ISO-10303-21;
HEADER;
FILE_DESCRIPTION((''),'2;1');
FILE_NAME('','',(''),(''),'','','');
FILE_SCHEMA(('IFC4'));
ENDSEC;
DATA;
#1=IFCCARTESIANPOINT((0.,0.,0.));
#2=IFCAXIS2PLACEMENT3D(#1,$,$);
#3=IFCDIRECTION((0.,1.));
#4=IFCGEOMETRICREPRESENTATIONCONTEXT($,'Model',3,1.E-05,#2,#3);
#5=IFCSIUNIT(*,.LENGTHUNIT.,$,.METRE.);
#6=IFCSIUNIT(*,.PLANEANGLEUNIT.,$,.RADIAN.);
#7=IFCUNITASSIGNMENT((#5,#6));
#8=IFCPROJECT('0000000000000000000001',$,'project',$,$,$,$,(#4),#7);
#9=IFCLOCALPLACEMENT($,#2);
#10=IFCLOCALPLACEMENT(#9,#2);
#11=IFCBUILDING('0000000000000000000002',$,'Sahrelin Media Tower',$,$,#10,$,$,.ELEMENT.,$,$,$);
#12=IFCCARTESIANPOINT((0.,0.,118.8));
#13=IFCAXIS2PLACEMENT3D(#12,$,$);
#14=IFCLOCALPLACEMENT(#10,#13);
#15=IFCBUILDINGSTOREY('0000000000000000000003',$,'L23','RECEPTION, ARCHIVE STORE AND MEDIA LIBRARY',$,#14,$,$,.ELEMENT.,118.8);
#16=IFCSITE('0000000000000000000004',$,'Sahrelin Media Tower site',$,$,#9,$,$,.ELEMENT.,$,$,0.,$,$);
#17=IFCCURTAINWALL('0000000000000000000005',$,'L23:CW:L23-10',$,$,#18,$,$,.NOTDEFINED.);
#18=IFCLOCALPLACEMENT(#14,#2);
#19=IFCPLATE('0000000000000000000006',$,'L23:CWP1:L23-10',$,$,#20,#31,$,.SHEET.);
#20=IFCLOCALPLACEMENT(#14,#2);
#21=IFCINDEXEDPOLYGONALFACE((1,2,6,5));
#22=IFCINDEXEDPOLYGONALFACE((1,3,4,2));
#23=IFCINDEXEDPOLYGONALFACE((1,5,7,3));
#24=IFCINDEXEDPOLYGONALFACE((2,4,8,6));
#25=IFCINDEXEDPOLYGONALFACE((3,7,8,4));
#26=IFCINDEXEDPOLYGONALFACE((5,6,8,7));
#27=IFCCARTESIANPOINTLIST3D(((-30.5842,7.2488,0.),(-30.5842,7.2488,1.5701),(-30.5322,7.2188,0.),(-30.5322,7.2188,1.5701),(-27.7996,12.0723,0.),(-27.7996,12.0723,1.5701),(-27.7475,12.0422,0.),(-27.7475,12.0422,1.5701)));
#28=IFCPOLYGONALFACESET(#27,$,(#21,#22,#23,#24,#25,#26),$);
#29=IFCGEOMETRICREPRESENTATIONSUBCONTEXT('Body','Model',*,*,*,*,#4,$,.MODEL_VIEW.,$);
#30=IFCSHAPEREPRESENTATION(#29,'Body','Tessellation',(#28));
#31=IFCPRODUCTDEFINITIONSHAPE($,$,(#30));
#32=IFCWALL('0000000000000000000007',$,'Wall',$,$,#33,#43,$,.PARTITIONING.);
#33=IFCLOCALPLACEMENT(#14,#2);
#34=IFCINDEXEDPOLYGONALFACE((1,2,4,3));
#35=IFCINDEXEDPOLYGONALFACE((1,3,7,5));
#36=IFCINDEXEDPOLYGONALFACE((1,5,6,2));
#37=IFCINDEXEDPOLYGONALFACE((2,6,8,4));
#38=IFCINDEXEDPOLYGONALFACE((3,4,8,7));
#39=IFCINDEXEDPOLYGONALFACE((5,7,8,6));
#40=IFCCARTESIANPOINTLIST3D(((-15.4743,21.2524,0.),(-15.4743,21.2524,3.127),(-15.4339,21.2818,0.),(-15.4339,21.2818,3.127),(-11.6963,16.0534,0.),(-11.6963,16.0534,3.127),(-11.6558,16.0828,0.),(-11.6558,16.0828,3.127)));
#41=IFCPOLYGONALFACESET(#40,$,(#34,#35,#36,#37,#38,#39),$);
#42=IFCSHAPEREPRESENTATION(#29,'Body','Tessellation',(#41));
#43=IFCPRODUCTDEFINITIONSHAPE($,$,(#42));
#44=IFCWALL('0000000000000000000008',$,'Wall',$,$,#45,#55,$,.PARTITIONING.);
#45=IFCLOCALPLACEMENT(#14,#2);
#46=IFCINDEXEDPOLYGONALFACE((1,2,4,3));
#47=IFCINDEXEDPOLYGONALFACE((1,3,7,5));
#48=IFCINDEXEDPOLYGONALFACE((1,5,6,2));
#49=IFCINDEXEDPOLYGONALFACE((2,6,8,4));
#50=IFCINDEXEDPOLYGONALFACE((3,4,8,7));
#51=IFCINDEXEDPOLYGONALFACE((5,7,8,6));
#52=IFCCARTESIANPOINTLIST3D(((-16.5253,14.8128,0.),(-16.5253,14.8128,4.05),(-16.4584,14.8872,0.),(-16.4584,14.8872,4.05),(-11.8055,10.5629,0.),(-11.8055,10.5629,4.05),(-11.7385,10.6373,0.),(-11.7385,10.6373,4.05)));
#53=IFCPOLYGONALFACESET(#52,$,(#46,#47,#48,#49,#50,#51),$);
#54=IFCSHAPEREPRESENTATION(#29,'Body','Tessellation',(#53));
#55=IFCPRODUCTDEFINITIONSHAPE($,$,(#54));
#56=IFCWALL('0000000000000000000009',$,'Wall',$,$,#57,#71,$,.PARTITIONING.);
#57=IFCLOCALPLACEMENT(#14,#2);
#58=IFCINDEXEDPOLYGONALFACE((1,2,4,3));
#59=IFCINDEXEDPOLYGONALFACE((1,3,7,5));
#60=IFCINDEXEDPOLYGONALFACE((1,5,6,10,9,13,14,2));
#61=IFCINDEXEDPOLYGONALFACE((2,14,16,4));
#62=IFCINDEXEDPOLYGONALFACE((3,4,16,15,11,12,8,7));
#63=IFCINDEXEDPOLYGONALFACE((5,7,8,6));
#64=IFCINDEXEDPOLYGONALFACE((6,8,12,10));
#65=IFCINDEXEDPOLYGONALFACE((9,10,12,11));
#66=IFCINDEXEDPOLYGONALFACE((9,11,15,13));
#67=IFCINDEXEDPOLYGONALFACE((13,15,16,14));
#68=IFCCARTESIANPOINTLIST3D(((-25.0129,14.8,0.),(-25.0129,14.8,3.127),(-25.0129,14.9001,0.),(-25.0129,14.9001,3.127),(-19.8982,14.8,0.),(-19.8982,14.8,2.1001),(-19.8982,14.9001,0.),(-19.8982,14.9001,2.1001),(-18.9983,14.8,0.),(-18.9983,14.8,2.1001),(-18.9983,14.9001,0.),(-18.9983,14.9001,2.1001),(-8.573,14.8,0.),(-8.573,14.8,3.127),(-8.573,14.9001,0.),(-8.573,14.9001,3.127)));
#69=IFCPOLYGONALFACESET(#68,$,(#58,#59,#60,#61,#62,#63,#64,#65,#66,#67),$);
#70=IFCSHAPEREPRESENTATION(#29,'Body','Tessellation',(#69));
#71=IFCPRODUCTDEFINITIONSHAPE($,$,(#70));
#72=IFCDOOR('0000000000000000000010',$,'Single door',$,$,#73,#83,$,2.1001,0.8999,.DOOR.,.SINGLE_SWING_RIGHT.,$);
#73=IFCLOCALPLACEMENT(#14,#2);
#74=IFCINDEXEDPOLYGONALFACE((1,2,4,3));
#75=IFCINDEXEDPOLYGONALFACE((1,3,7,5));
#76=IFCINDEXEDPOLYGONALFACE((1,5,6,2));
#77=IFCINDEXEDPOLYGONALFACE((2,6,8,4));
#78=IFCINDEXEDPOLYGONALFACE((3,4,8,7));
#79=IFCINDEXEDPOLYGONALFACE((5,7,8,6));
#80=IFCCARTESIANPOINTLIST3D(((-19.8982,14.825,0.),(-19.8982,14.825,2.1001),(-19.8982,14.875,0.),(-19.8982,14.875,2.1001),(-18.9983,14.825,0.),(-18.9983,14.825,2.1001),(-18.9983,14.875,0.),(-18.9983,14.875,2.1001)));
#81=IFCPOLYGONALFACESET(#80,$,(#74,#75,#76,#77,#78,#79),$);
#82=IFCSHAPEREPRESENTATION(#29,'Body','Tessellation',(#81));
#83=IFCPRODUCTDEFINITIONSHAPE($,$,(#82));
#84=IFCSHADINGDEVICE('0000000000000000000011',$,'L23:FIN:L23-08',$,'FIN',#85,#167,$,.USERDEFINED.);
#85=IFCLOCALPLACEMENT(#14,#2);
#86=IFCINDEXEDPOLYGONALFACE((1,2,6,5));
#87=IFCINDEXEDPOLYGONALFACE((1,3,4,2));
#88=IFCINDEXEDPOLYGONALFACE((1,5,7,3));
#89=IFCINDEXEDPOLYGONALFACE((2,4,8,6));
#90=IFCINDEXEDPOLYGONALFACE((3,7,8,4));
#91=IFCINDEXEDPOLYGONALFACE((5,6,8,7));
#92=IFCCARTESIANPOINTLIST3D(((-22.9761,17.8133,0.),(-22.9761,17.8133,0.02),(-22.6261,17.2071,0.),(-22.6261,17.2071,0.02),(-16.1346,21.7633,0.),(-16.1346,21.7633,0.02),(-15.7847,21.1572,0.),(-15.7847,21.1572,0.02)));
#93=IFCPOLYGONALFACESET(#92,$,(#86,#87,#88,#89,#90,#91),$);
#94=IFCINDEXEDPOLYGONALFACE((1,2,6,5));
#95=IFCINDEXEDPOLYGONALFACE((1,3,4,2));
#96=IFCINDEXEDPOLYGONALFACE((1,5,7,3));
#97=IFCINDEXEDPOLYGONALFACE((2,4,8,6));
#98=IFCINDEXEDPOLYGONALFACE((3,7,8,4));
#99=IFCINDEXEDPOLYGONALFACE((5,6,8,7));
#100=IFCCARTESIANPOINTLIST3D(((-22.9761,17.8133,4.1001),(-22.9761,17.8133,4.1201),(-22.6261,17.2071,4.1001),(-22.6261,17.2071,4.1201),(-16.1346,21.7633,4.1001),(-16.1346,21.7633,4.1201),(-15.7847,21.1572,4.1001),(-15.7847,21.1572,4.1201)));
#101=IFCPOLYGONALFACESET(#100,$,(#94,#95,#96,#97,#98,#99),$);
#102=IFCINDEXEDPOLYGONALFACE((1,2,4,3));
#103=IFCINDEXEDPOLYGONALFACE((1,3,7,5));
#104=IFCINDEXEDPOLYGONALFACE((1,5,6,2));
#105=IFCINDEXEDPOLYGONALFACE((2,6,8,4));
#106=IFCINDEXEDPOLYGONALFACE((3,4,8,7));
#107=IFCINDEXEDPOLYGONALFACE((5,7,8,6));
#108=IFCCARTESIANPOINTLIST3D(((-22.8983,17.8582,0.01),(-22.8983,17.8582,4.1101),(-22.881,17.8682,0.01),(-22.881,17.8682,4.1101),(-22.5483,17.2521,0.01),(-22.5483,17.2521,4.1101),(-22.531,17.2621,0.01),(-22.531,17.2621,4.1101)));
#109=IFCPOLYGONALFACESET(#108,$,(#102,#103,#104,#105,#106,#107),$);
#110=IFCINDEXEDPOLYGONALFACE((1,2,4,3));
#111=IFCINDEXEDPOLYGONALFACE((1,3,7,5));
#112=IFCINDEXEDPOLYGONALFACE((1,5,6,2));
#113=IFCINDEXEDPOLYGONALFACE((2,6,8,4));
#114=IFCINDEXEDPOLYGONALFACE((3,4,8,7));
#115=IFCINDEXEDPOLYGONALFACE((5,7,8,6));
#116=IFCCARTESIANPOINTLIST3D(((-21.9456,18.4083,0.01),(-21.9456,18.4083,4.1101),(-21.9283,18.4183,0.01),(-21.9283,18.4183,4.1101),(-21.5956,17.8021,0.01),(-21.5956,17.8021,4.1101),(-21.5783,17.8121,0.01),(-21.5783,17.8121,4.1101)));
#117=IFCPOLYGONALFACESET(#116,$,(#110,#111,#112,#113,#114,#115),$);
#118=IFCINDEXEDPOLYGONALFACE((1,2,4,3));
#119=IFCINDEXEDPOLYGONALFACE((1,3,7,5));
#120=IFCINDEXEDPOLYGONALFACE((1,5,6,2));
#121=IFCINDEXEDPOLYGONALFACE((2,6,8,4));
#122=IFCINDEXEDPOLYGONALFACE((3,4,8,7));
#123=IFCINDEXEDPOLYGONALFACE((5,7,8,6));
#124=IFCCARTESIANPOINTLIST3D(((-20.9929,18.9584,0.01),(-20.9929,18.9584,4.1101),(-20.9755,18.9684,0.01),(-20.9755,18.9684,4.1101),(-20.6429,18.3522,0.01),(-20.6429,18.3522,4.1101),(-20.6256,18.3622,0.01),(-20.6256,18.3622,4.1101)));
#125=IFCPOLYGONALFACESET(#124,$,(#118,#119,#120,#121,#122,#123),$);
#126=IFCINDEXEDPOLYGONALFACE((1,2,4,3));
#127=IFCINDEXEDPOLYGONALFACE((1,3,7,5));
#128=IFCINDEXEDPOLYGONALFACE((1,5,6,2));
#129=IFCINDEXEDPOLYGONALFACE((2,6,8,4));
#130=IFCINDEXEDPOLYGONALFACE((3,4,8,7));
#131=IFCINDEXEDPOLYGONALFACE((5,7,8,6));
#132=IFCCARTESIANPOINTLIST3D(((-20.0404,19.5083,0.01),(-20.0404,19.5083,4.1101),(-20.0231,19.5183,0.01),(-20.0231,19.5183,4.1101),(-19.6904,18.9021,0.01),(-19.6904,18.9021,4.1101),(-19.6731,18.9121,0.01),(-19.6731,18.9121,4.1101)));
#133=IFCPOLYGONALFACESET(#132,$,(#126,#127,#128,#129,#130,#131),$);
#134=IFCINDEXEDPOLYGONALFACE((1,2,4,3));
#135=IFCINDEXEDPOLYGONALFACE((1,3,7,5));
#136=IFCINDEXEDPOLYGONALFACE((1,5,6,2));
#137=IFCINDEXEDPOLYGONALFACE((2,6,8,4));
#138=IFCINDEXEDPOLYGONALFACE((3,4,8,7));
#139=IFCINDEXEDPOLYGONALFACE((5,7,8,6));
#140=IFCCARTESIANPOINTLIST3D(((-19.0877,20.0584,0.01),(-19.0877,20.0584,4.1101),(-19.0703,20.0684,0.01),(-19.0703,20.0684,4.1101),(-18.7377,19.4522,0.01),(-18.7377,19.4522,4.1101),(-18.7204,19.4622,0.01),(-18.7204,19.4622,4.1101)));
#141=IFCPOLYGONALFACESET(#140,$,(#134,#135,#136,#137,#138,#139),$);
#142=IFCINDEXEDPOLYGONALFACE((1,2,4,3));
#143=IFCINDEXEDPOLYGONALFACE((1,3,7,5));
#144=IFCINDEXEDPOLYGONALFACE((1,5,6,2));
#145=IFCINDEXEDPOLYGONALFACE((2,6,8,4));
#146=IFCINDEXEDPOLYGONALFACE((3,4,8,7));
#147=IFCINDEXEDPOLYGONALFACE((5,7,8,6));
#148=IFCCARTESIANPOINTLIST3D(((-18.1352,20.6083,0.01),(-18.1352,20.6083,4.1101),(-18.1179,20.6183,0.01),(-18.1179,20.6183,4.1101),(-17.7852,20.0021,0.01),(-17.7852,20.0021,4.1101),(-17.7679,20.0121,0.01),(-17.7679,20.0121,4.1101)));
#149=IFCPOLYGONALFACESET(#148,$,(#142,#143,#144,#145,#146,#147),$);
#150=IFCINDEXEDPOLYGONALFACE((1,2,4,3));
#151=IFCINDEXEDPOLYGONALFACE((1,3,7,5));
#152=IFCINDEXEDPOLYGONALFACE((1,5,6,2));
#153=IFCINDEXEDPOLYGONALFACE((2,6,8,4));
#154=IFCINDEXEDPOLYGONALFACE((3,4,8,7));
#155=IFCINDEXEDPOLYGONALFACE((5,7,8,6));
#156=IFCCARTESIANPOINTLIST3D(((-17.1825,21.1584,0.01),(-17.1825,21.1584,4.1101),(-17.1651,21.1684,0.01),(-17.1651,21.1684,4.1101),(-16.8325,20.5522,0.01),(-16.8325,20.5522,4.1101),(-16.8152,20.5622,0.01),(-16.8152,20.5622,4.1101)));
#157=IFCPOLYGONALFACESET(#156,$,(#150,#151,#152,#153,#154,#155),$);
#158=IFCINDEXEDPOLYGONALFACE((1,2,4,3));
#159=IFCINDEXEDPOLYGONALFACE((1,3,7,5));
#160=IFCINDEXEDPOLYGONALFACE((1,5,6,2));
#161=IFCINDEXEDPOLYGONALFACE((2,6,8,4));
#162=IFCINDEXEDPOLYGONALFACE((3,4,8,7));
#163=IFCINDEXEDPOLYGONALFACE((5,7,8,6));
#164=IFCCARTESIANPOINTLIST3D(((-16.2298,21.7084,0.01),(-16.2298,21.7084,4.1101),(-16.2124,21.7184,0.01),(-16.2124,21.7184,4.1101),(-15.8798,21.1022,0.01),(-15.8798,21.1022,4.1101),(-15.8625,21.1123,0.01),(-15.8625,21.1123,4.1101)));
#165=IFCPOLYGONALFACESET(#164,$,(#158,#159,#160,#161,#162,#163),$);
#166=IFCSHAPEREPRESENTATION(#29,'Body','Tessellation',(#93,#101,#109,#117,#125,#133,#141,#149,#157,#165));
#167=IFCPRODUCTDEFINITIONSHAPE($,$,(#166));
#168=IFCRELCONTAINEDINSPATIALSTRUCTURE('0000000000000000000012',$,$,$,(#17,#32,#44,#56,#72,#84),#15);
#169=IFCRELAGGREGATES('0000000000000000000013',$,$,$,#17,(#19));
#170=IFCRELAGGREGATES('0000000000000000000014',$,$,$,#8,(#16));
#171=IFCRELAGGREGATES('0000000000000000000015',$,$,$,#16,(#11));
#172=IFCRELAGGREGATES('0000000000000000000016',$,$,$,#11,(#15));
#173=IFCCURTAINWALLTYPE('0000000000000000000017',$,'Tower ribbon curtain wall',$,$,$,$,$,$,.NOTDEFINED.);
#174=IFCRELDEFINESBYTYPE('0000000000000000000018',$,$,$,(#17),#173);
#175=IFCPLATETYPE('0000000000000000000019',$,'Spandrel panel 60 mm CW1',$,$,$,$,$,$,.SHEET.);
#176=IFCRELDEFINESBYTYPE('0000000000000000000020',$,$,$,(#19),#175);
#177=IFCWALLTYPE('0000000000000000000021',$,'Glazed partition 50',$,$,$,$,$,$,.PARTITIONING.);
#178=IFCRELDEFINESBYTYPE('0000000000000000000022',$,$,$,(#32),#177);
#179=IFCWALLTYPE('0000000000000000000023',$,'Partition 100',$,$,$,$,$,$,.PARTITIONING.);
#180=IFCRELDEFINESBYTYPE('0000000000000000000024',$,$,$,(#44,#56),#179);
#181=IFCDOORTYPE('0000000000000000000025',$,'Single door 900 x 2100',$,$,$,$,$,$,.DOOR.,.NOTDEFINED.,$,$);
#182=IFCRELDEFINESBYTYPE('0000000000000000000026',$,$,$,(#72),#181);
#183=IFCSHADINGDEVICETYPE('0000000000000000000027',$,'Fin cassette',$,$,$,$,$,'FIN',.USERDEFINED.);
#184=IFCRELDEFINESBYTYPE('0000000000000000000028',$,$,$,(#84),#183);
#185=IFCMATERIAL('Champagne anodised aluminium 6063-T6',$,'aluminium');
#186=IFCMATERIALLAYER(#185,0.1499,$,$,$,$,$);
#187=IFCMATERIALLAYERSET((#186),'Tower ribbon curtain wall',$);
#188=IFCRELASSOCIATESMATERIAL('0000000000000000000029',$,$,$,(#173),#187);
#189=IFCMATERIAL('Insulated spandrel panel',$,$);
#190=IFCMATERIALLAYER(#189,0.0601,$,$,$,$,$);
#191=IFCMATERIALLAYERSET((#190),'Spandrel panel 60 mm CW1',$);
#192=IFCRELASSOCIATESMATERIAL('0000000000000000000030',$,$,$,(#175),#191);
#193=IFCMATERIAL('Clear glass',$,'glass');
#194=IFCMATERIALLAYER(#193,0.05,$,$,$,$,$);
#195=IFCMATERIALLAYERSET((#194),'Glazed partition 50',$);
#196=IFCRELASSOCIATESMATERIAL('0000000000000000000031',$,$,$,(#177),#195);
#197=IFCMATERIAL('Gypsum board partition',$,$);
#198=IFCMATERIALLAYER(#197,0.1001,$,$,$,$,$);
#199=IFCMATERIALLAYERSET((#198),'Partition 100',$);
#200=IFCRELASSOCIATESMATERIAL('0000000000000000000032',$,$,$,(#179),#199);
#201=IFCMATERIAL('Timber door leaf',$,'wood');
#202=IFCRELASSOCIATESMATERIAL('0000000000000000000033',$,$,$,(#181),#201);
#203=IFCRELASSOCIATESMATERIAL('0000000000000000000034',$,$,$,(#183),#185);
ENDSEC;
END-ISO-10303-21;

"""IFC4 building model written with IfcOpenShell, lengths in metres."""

from ifc_helpers import new_model, si_unit, direction, frame, frame_2d, origin, origin_2d, place, context, subcontext, project, spatial, polyline, rectangle, outline, extrude, material, layer, layer_set, type_object, element, fill, aggregate, save


model = new_model("IFC4")

# Units and contexts
model_context = context("Model", 3, precision=1e-05, world=origin(), true_north=direction((0.0, 1.0)))
body_context = subcontext(model_context, "Body", "Model", "MODEL_VIEW")
ifc_project = project(units=[si_unit("LENGTHUNIT", "METRE"), si_unit("PLANEANGLEUNIT", "RADIAN")], contexts=[model_context])

# Site, building, storey
site_placement = place(None, origin())
site = spatial("IfcSite", under=ifc_project, at=site_placement, Name="Sahrelin Media Tower site", CompositionType="ELEMENT", RefElevation=0.0)
building_placement = place(site_placement, origin())
building = spatial("IfcBuilding", under=site, at=building_placement, Name="Sahrelin Media Tower", CompositionType="ELEMENT")
storey_placement = place(building_placement, frame((0.0, 0.0, 118.8)))
storey = spatial("IfcBuildingStorey", under=building, at=storey_placement, Name="L23", Description="RECEPTION, ARCHIVE STORE AND MEDIA LIBRARY", CompositionType="ELEMENT", Elevation=118.8)

# Shared definitions
ifc_material_1 = material(Name="Champagne anodised aluminium 6063-T6", Category="aluminium")
ifc_layer_1 = layer(ifc_material_1, 0.1499)
ifc_layer_set_1 = layer_set([ifc_layer_1], Name="Tower ribbon curtain wall")
curtain_wall_type = type_object("IfcCurtainWallType", Name="Tower ribbon curtain wall", PredefinedType="NOTDEFINED", material=ifc_layer_set_1)

# Curtain wall
curtain_wall_1_placement = place(storey_placement, frame((-29.1746, 9.6504, 0.0), z_axis=(0.0, 0.0, 1.0), x_axis=(1.0, 0.0, 0.0)))
curtain_wall_1 = element("IfcCurtainWall", 1, at=curtain_wall_1_placement, inside=storey, type_object=curtain_wall_type, Name="L23:CW:L23-10", PredefinedType="NOTDEFINED")

# Plate
ifc_material_2 = material(Name="Insulated spandrel panel")
ifc_layer_2 = layer(ifc_material_2, 0.0601)
ifc_layer_set_2 = layer_set([ifc_layer_2], Name="Spandrel panel 60 mm CW1")
plate_type_1 = type_object("IfcPlateType", Name="Spandrel panel 60 mm CW1", PredefinedType="SHEET", material=ifc_layer_set_2)
plate_1_placement = place(storey_placement, frame((-27.7996, 12.0723, 0.0), z_axis=(-0.866039, 0.499977, 0.0), x_axis=(-0.499977, -0.866039, 0.0)))
plate_1 = element("IfcPlate", 2, at=plate_1_placement, type_object=plate_type_1, Name="L23:CWP1:L23-10", PredefinedType="SHEET", context=body_context, shape_type="SweptSolid", body=[
    extrude(outline(polyline([(0.0, 0.0), (5.5696, 0.0), (5.5696, 1.5701), (0.0, 1.5701), (0.0, 0.0)])), origin(), (0.0, 0.0, -1.0), 0.0601),
])
aggregate(curtain_wall_1, [plate_1])

# Walls
ifc_material_3 = material(Name="Clear glass", Category="glass")
ifc_layer_3 = layer(ifc_material_3, 0.05)
ifc_layer_set_3 = layer_set([ifc_layer_3], Name="Glazed partition 50")
wall_type_1 = type_object("IfcWallType", Name="Glazed partition 50", PredefinedType="PARTITIONING", material=ifc_layer_set_3)
wall_1_placement = place(storey_placement, frame((-15.4541, 21.2671, 0.0), z_axis=(0.0, 0.0, 1.0), x_axis=(0.587867, -0.808958, 0.0)))
element("IfcWall", 3, at=wall_1_placement, inside=storey, type_object=wall_type_1, Name="Wall", PredefinedType="PARTITIONING", context=body_context, shape_type="SweptSolid", body=[
    extrude(rectangle(XDim=6.4268, YDim=0.05, at=frame_2d((3.2134, 0.0))), origin(), (0.0, 0.0, 1.0), 3.127),
])
ifc_material_4 = material(Name="Gypsum board partition")
ifc_layer_4 = layer(ifc_material_4, 0.1001)
ifc_layer_set_4 = layer_set([ifc_layer_4], Name="Partition 100")
wall_type_2 = type_object("IfcWallType", Name="Partition 100", PredefinedType="PARTITIONING", material=ifc_layer_set_4)
wall_2_placement = place(storey_placement, frame((-16.4919, 14.8501, 0.0), z_axis=(0.0, 0.0, 1.0), x_axis=(0.743135, -0.669141, 0.0)))
element("IfcWall", 4, at=wall_2_placement, inside=storey, type_object=wall_type_2, Name="Wall", PredefinedType="PARTITIONING", context=body_context, shape_type="SweptSolid", body=[
    extrude(rectangle(XDim=6.3513, YDim=0.1001, at=frame_2d((3.1758, 0.0))), origin(), (0.0, 0.0, 1.0), 4.05),
])

# Wall, opening, door
wall_3_placement = place(storey_placement, frame((-25.0129, 14.8501, 0.0), z_axis=(0.0, 0.0, 1.0), x_axis=(1.0, 0.0, 0.0)))
wall_3 = element("IfcWall", 5, at=wall_3_placement, inside=storey, type_object=wall_type_2, Name="Wall", PredefinedType="PARTITIONING", context=body_context, shape_type="SweptSolid", body=[
    extrude(rectangle(XDim=16.4399, YDim=0.1001, at=frame_2d((8.22, 0.0))), origin(), (0.0, 0.0, 1.0), 3.127),
])
opening_placement = place(wall_3_placement, frame((5.1147, 0.0, 0.0)))
opening = element("IfcOpeningElement", 6, at=opening_placement, cuts=wall_3, PredefinedType="OPENING", context=body_context, shape_type="SweptSolid", body=[
    extrude(rectangle(XDim=0.8999, YDim=2.1001, at=frame_2d((0.45, 1.05))), frame((0.0, 0.05, 0.0), z_axis=(0.0, -1.0, 0.0), x_axis=(1.0, 0.0, 0.0)), (0.0, 0.0, 1.0), 0.1001),
])
ifc_material_5 = material(Name="Timber door leaf", Category="wood")
door_type = type_object("IfcDoorType", Name="Single door 900 x 2100", OperationType="NOTDEFINED", PredefinedType="DOOR", material=ifc_material_5)
door_placement = place(opening_placement, origin())
door = element("IfcDoor", 7, at=door_placement, inside=storey, type_object=door_type, Name="Single door", OperationType="SINGLE_SWING_RIGHT", OverallHeight=2.1001, OverallWidth=0.8999, PredefinedType="DOOR", context=body_context, shape_type="SweptSolid", body=[
    extrude(rectangle(XDim=0.8999, YDim=2.1001, at=frame_2d((0.45, 1.05))), frame((0.0, 0.0249, 0.0), z_axis=(0.0, -1.0, 0.0), x_axis=(1.0, 0.0, 0.0)), (0.0, 0.0, 1.0), 0.05),
])
fill(opening, door)

# Shading device
shading_device_type_1 = type_object("IfcShadingDeviceType", Name="Fin cassette", ElementType="FIN", PredefinedType="USERDEFINED", material=ifc_material_1)
placement_1 = place(storey_placement, frame((-19.1704, 19.1216, 0.0), z_axis=(0.0, 0.0, 1.0), x_axis=(0.866019, 0.500011, 0.0)))
element("IfcShadingDevice", 8, at=placement_1, inside=storey, type_object=shading_device_type_1, Name="L23:FIN:L23-08", ObjectType="FIN", PredefinedType="USERDEFINED", context=body_context, shape_type="SweptSolid", body=[
    extrude(rectangle(XDim=7.8999, YDim=0.7, at=origin_2d()), frame((0.0, 0.4199, 0.0)), (0.0, 0.0, 1.0), 0.02),
    extrude(rectangle(XDim=7.8999, YDim=0.7, at=origin_2d()), frame((0.0, 0.4199, 4.1001)), (0.0, 0.0, 1.0), 0.02),
    extrude(rectangle(XDim=0.02, YDim=0.7, at=origin_2d()), frame((-3.8501, 0.4199, 0.01), z_axis=(0.0, 0.0, 1.0), x_axis=(1.0, 0.0, 0.0)), (0.0, 0.0, 1.0), 4.1001),
    extrude(rectangle(XDim=0.02, YDim=0.7, at=origin_2d()), frame((-2.75, 0.4199, 0.01), z_axis=(0.0, 0.0, 1.0), x_axis=(1.0, 0.0, 0.0)), (0.0, 0.0, 1.0), 4.1001),
    extrude(rectangle(XDim=0.02, YDim=0.7, at=origin_2d()), frame((-1.6499, 0.4199, 0.01), z_axis=(0.0, 0.0, 1.0), x_axis=(1.0, 0.0, 0.0)), (0.0, 0.0, 1.0), 4.1001),
    extrude(rectangle(XDim=0.02, YDim=0.7, at=origin_2d()), frame((-0.55, 0.4199, 0.01), z_axis=(0.0, 0.0, 1.0), x_axis=(1.0, 0.0, 0.0)), (0.0, 0.0, 1.0), 4.1001),
    extrude(rectangle(XDim=0.02, YDim=0.7, at=origin_2d()), frame((0.55, 0.4199, 0.01), z_axis=(0.0, 0.0, 1.0), x_axis=(1.0, 0.0, 0.0)), (0.0, 0.0, 1.0), 4.1001),
    extrude(rectangle(XDim=0.02, YDim=0.7, at=origin_2d()), frame((1.6499, 0.4199, 0.01), z_axis=(0.0, 0.0, 1.0), x_axis=(1.0, 0.0, 0.0)), (0.0, 0.0, 1.0), 4.1001),
    extrude(rectangle(XDim=0.02, YDim=0.7, at=origin_2d()), frame((2.75, 0.4199, 0.01), z_axis=(0.0, 0.0, 1.0), x_axis=(1.0, 0.0, 0.0)), (0.0, 0.0, 1.0), 4.1001),
    extrude(rectangle(XDim=0.02, YDim=0.7, at=origin_2d()), frame((3.8501, 0.4199, 0.01), z_axis=(0.0, 0.0, 1.0), x_axis=(1.0, 0.0, 0.0)), (0.0, 0.0, 1.0), 4.1001),
])

save(model, "model.ifc")
